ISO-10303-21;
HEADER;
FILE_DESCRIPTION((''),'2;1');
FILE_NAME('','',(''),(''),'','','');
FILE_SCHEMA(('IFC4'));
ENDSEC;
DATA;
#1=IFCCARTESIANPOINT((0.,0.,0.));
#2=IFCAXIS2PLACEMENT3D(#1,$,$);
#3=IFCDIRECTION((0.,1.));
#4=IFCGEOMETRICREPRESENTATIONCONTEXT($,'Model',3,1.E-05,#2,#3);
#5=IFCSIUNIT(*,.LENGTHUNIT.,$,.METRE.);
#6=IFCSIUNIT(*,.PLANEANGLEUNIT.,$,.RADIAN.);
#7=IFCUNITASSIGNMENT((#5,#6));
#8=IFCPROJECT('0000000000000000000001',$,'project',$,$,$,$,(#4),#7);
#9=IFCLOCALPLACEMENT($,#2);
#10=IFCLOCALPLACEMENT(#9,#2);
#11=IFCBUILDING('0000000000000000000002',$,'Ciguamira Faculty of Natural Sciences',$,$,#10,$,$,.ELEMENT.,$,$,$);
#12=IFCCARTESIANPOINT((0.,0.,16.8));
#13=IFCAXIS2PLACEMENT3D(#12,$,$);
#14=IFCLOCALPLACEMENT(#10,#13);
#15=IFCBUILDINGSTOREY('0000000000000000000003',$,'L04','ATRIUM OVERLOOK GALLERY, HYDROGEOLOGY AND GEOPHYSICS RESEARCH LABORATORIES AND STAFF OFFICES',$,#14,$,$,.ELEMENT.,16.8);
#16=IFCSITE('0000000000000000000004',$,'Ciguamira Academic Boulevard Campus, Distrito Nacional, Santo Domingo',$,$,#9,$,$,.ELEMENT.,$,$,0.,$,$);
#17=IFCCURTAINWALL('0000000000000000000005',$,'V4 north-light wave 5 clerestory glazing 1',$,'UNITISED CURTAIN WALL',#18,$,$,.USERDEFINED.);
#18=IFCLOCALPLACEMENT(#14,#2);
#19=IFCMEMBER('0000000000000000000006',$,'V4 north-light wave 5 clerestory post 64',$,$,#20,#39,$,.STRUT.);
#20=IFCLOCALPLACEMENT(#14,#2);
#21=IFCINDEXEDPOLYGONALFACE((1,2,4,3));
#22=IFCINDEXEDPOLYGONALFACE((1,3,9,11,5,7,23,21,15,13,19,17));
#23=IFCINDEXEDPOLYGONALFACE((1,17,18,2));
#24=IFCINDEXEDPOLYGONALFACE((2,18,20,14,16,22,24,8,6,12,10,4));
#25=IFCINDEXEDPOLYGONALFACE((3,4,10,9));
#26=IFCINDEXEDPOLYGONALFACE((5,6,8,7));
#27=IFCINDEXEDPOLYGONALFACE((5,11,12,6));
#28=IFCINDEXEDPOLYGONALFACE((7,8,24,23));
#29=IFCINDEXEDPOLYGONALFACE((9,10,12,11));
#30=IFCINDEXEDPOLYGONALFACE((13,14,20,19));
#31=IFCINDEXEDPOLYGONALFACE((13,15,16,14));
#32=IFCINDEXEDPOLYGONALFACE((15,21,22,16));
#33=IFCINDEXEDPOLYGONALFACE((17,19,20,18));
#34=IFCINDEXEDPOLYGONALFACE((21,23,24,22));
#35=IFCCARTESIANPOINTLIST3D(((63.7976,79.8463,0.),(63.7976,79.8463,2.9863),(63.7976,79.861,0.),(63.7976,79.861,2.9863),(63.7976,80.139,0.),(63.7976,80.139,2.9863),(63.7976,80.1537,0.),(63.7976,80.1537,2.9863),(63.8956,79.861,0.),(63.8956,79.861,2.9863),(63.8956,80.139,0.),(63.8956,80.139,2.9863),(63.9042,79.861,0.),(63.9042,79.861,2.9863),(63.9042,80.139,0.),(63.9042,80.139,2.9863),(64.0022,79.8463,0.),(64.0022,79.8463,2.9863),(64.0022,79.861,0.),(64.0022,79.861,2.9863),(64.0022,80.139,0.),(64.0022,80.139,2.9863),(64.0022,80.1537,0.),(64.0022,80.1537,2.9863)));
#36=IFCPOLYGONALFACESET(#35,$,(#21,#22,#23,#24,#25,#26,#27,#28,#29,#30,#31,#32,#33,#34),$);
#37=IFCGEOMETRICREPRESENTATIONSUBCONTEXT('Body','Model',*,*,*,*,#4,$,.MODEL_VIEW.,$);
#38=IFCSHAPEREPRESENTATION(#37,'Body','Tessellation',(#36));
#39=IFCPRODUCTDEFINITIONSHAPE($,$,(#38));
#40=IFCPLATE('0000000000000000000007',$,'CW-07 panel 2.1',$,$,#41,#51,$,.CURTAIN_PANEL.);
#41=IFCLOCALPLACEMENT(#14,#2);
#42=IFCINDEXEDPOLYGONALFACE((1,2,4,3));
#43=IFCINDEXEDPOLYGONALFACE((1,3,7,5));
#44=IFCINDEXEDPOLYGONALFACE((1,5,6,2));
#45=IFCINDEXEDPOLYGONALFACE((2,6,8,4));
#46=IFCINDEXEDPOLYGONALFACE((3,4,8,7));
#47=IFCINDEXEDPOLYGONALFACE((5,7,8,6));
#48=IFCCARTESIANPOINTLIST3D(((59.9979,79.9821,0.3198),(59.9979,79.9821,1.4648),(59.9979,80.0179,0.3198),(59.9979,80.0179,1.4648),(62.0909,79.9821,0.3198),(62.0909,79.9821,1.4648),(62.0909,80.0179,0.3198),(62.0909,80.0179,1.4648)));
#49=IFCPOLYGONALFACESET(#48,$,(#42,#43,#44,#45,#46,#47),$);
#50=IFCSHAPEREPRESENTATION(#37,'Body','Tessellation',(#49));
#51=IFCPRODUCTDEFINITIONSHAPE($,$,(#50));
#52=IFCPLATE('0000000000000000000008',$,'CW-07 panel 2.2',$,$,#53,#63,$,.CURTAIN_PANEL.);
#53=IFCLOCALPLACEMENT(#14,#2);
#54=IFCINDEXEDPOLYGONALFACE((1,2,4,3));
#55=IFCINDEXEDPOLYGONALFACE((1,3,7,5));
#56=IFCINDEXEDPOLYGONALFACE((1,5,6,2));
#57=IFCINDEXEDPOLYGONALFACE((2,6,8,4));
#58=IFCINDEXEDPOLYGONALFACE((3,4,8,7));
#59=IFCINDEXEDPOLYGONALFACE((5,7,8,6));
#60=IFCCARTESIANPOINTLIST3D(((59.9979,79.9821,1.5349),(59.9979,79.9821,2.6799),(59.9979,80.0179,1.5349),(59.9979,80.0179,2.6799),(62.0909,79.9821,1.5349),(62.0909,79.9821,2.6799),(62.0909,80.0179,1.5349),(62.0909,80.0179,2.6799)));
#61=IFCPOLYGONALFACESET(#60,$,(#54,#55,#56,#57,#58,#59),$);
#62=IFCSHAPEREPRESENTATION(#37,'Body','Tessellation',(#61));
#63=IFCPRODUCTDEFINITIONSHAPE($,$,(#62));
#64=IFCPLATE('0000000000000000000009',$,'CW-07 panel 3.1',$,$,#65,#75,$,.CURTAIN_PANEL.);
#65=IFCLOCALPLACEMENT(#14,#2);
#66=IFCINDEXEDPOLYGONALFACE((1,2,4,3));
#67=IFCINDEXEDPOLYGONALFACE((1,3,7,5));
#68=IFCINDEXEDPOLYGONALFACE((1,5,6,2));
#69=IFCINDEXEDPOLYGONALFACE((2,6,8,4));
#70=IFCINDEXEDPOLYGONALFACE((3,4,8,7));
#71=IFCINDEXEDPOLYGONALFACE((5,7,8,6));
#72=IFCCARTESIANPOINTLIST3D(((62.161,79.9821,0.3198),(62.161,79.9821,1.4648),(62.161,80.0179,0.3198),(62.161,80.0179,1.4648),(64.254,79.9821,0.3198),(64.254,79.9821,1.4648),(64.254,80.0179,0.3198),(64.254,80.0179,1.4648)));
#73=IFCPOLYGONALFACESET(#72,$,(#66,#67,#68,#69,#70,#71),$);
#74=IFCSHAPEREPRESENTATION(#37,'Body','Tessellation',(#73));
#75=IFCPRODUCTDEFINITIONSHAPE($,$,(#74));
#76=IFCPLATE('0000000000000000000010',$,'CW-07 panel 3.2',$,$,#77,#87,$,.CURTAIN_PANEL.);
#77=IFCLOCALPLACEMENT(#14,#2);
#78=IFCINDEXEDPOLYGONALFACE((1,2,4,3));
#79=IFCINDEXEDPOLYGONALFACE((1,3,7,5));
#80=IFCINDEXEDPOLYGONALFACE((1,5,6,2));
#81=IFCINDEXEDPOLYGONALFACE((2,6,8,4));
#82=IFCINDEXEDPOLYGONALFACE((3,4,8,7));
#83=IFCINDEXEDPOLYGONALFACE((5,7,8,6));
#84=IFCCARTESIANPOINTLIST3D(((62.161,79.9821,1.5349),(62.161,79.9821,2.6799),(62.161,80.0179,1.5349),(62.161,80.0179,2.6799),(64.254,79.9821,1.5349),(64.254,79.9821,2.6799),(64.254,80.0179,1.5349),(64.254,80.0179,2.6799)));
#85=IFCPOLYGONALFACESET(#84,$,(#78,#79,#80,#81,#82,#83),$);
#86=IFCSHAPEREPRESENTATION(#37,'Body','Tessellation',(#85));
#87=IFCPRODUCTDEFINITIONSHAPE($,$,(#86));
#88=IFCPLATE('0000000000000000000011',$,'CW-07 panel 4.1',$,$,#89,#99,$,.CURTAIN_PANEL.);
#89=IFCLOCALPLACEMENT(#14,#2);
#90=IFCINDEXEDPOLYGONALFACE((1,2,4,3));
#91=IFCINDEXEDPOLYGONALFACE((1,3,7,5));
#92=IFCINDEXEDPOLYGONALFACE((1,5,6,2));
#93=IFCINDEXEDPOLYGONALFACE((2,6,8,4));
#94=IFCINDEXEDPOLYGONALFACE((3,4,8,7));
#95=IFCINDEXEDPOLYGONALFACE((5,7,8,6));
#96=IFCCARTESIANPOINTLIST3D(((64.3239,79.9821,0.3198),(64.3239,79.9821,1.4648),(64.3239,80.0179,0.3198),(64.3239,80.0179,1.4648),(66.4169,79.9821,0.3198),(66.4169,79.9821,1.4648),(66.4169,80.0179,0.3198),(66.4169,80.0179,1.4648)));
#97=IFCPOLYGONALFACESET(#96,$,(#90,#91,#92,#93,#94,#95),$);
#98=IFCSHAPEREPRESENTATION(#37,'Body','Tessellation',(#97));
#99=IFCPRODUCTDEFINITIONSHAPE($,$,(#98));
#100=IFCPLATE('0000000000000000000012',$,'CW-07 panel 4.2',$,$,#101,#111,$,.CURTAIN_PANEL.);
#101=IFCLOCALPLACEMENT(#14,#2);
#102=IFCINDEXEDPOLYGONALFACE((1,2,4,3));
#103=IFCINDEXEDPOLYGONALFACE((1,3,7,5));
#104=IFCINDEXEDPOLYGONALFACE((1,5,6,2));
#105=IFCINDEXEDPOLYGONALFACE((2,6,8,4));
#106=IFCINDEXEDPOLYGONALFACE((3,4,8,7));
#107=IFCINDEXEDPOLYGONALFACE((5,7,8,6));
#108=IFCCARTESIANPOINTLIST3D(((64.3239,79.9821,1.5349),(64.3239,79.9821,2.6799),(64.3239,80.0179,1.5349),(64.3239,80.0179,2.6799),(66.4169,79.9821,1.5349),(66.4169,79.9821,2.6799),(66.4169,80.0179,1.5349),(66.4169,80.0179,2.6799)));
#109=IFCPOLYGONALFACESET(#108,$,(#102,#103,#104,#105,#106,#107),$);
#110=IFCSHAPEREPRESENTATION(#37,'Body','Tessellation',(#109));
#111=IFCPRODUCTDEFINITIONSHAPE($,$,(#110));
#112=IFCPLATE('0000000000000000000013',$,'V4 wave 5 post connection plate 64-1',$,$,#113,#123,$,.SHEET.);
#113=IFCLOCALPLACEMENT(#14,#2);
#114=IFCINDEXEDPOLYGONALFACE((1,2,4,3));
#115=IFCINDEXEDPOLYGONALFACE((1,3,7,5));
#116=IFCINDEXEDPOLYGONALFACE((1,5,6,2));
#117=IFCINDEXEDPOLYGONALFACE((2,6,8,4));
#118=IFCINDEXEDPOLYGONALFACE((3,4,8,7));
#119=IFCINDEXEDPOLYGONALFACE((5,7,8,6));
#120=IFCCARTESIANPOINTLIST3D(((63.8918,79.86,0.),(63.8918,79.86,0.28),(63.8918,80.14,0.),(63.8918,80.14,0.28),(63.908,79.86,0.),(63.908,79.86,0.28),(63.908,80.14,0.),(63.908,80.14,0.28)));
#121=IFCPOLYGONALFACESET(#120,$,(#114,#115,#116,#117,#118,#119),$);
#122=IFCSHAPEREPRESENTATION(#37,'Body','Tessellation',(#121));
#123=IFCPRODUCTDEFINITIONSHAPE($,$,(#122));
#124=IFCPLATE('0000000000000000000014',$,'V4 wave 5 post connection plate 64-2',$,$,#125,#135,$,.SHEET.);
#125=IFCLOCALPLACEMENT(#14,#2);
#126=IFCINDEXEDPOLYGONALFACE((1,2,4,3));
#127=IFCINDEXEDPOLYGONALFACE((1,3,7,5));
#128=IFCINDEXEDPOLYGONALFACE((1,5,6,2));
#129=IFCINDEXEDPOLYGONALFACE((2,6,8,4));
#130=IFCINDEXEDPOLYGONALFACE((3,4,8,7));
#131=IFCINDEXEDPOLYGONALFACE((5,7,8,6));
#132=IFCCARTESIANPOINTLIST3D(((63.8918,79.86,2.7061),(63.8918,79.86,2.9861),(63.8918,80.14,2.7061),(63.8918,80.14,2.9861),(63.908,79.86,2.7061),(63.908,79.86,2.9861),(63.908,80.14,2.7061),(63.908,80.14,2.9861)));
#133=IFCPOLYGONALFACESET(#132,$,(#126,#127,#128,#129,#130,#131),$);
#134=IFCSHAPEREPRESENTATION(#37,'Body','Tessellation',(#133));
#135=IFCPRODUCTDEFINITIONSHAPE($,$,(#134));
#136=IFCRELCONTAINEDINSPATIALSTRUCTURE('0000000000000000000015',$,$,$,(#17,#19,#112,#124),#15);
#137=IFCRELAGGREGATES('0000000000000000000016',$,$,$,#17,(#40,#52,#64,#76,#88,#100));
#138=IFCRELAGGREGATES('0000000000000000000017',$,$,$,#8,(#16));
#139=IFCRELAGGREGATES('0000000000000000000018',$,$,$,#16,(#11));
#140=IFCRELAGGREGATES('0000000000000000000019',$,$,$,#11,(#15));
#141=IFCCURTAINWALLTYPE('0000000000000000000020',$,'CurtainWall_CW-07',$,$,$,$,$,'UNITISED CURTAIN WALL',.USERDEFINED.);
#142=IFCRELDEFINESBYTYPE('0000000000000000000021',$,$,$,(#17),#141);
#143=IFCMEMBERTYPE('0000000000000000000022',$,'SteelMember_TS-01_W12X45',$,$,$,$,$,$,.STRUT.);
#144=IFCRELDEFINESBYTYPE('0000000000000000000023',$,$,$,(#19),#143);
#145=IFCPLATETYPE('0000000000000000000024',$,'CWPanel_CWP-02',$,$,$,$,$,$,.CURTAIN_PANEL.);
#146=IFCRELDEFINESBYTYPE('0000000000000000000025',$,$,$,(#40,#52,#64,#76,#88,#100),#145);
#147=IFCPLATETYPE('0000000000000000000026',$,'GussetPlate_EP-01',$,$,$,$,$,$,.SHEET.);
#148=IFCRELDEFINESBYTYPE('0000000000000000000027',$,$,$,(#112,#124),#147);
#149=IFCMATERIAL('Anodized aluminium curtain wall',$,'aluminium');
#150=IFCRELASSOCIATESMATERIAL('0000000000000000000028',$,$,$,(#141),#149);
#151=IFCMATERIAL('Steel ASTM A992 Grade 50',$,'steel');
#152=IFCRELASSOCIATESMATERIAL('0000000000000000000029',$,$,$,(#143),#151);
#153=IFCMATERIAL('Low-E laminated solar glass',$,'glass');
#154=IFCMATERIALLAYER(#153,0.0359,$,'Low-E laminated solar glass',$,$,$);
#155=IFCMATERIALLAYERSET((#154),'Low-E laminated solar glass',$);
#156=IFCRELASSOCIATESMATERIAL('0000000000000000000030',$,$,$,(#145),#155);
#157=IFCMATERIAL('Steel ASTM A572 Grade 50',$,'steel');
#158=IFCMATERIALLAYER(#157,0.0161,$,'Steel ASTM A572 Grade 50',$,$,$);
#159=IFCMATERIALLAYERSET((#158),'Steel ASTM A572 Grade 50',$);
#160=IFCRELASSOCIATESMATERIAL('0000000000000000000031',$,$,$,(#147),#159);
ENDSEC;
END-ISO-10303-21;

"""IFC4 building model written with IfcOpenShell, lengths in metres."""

from ifc_helpers import new_model, si_unit, direction, frame, origin, origin_2d, place, context, subcontext, project, spatial, rectangle, i_section, extrude, material, layer, layer_set, material_profile, profile_set, type_object, element, aggregate, save


model = new_model("IFC4")

# Units and contexts
model_context = context("Model", 3, precision=1e-05, world=origin(), true_north=direction((0.0, 1.0)))
body_context = subcontext(model_context, "Body", "Model", "MODEL_VIEW")
ifc_project = project(units=[si_unit("LENGTHUNIT", "METRE"), si_unit("PLANEANGLEUNIT", "RADIAN")], contexts=[model_context])

# Site, building, storey
site_placement = place(None, origin())
site = spatial("IfcSite", under=ifc_project, at=site_placement, Name="Ciguamira Academic Boulevard Campus, Distrito Nacional, Santo Domingo", CompositionType="ELEMENT", RefElevation=0.0)
building_placement = place(site_placement, origin())
building = spatial("IfcBuilding", under=site, at=building_placement, Name="Ciguamira Faculty of Natural Sciences", CompositionType="ELEMENT")
storey_placement = place(building_placement, frame((0.0, 0.0, 16.8)))
storey = spatial("IfcBuildingStorey", under=building, at=storey_placement, Name="L04", Description="ATRIUM OVERLOOK GALLERY, HYDROGEOLOGY AND GEOPHYSICS RESEARCH LABORATORIES AND STAFF OFFICES", CompositionType="ELEMENT", Elevation=16.8)

# Curtain wall
ifc_material_1 = material(Name="Anodized aluminium curtain wall", Category="aluminium")
curtain_wall_type = type_object("IfcCurtainWallType", Name="CurtainWall_CW-07", ElementType="UNITISED CURTAIN WALL", PredefinedType="USERDEFINED", material=ifc_material_1)
curtain_wall_placement = place(storey_placement, origin())
curtain_wall = element("IfcCurtainWall", 1, at=curtain_wall_placement, inside=storey, type_object=curtain_wall_type, Name="V4 north-light wave 5 clerestory glazing 1", ObjectType="UNITISED CURTAIN WALL", PredefinedType="USERDEFINED")

# Member
ifc_material_2 = material(Name="Steel ASTM A992 Grade 50", Category="steel")
ifc_material_profile_1 = material_profile(ifc_material_2, i_section(OverallWidth=0.2046, OverallDepth=0.3074, WebThickness=0.0085, FlangeThickness=0.0146, at=origin_2d()), Name="W12X45")
ifc_profile_set_1 = profile_set([ifc_material_profile_1], Name="Steel ASTM A992 Grade 50")
member_type_1 = type_object("IfcMemberType", Name="SteelMember_TS-01_W12X45", PredefinedType="STRUT", material=ifc_profile_set_1)
member_1_placement = place(storey_placement, frame((63.8999, 80.0, 0.0), z_axis=(0.0, 0.0, 1.0), x_axis=(1.0, 0.0, 0.0)))
element("IfcMember", 2, at=member_1_placement, inside=storey, type_object=member_type_1, Name="V4 north-light wave 5 clerestory post 64", PredefinedType="STRUT", context=body_context, shape_type="SweptSolid", body=[
    extrude(i_section(OverallWidth=0.2046, OverallDepth=0.3074, WebThickness=0.0085, FlangeThickness=0.0146, at=origin_2d()), origin(), (0.0, 0.0, 1.0), 2.9863),
])

# Plates
ifc_material_3 = material(Name="Low-E laminated solar glass", Category="glass")
ifc_layer_1 = layer(ifc_material_3, 0.0359, Name="Low-E laminated solar glass")
ifc_layer_set_1 = layer_set([ifc_layer_1], Name="Low-E laminated solar glass")
plate_type_1 = type_object("IfcPlateType", Name="CWPanel_CWP-02", PredefinedType="CURTAIN_PANEL", material=ifc_layer_set_1)
plate_1_placement = place(storey_placement, frame((61.0444, 80.0, 0.3198), z_axis=(0.0, 0.0, 1.0), x_axis=(1.0, 0.0, 0.0)))
plate_1 = element("IfcPlate", 3, at=plate_1_placement, type_object=plate_type_1, Name="CW-07 panel 2.1", PredefinedType="CURTAIN_PANEL", context=body_context, shape_type="SweptSolid", body=[
    extrude(rectangle(XDim=2.093, YDim=0.0359, at=origin_2d()), origin(), (0.0, 0.0, 1.0), 1.145),
])
plate_2_placement = place(storey_placement, frame((61.0444, 80.0, 1.5349), z_axis=(0.0, 0.0, 1.0), x_axis=(1.0, 0.0, 0.0)))
plate_2 = element("IfcPlate", 4, at=plate_2_placement, type_object=plate_type_1, Name="CW-07 panel 2.2", PredefinedType="CURTAIN_PANEL", context=body_context, shape_type="SweptSolid", body=[
    extrude(rectangle(XDim=2.093, YDim=0.0359, at=origin_2d()), origin(), (0.0, 0.0, 1.0), 1.145),
])
plate_3_placement = place(storey_placement, frame((63.2075, 80.0, 0.3198), z_axis=(0.0, 0.0, 1.0), x_axis=(1.0, 0.0, 0.0)))
plate_3 = element("IfcPlate", 5, at=plate_3_placement, type_object=plate_type_1, Name="CW-07 panel 3.1", PredefinedType="CURTAIN_PANEL", context=body_context, shape_type="SweptSolid", body=[
    extrude(rectangle(XDim=2.093, YDim=0.0359, at=origin_2d()), origin(), (0.0, 0.0, 1.0), 1.145),
])
plate_4_placement = place(storey_placement, frame((63.2075, 80.0, 1.5349), z_axis=(0.0, 0.0, 1.0), x_axis=(1.0, 0.0, 0.0)))
plate_4 = element("IfcPlate", 6, at=plate_4_placement, type_object=plate_type_1, Name="CW-07 panel 3.2", PredefinedType="CURTAIN_PANEL", context=body_context, shape_type="SweptSolid", body=[
    extrude(rectangle(XDim=2.093, YDim=0.0359, at=origin_2d()), origin(), (0.0, 0.0, 1.0), 1.145),
])
plate_5_placement = place(storey_placement, frame((65.3704, 80.0, 0.3198), z_axis=(0.0, 0.0, 1.0), x_axis=(1.0, 0.0, 0.0)))
plate_5 = element("IfcPlate", 7, at=plate_5_placement, type_object=plate_type_1, Name="CW-07 panel 4.1", PredefinedType="CURTAIN_PANEL", context=body_context, shape_type="SweptSolid", body=[
    extrude(rectangle(XDim=2.093, YDim=0.0359, at=origin_2d()), origin(), (0.0, 0.0, 1.0), 1.145),
])
plate_6_placement = place(storey_placement, frame((65.3704, 80.0, 1.5349), z_axis=(0.0, 0.0, 1.0), x_axis=(1.0, 0.0, 0.0)))
plate_6 = element("IfcPlate", 8, at=plate_6_placement, type_object=plate_type_1, Name="CW-07 panel 4.2", PredefinedType="CURTAIN_PANEL", context=body_context, shape_type="SweptSolid", body=[
    extrude(rectangle(XDim=2.093, YDim=0.0359, at=origin_2d()), origin(), (0.0, 0.0, 1.0), 1.145),
])
aggregate(curtain_wall, [plate_1, plate_2, plate_3, plate_4, plate_5, plate_6])

# Plates
ifc_material_4 = material(Name="Steel ASTM A572 Grade 50", Category="steel")
ifc_layer_2 = layer(ifc_material_4, 0.0161, Name="Steel ASTM A572 Grade 50")
ifc_layer_set_2 = layer_set([ifc_layer_2], Name="Steel ASTM A572 Grade 50")
plate_type_2 = type_object("IfcPlateType", Name="GussetPlate_EP-01", PredefinedType="SHEET", material=ifc_layer_set_2)
for number, where, z_axis, x_axis, name in (
    (9, (63.8999, 80.0, 0.0), (0.0, 0.0, 1.0), (1.0, 0.0, 0.0), "V4 wave 5 post connection plate 64-1"),
    (10, (63.8999, 80.0, 2.7061), (0.0, 0.0, 1.0), (1.0, 0.0, 0.0), "V4 wave 5 post connection plate 64-2"),
):
    element("IfcPlate", number, at=place(storey_placement, frame(where, z_axis=z_axis, x_axis=x_axis)), inside=storey, type_object=plate_type_2, Name=name, PredefinedType="SHEET", context=body_context, shape_type="SweptSolid", body=[
        extrude(rectangle(XDim=0.0161, YDim=0.28, at=origin_2d()), origin(), (0.0, 0.0, 1.0), 0.28),
    ])

save(model, "model.ifc")
